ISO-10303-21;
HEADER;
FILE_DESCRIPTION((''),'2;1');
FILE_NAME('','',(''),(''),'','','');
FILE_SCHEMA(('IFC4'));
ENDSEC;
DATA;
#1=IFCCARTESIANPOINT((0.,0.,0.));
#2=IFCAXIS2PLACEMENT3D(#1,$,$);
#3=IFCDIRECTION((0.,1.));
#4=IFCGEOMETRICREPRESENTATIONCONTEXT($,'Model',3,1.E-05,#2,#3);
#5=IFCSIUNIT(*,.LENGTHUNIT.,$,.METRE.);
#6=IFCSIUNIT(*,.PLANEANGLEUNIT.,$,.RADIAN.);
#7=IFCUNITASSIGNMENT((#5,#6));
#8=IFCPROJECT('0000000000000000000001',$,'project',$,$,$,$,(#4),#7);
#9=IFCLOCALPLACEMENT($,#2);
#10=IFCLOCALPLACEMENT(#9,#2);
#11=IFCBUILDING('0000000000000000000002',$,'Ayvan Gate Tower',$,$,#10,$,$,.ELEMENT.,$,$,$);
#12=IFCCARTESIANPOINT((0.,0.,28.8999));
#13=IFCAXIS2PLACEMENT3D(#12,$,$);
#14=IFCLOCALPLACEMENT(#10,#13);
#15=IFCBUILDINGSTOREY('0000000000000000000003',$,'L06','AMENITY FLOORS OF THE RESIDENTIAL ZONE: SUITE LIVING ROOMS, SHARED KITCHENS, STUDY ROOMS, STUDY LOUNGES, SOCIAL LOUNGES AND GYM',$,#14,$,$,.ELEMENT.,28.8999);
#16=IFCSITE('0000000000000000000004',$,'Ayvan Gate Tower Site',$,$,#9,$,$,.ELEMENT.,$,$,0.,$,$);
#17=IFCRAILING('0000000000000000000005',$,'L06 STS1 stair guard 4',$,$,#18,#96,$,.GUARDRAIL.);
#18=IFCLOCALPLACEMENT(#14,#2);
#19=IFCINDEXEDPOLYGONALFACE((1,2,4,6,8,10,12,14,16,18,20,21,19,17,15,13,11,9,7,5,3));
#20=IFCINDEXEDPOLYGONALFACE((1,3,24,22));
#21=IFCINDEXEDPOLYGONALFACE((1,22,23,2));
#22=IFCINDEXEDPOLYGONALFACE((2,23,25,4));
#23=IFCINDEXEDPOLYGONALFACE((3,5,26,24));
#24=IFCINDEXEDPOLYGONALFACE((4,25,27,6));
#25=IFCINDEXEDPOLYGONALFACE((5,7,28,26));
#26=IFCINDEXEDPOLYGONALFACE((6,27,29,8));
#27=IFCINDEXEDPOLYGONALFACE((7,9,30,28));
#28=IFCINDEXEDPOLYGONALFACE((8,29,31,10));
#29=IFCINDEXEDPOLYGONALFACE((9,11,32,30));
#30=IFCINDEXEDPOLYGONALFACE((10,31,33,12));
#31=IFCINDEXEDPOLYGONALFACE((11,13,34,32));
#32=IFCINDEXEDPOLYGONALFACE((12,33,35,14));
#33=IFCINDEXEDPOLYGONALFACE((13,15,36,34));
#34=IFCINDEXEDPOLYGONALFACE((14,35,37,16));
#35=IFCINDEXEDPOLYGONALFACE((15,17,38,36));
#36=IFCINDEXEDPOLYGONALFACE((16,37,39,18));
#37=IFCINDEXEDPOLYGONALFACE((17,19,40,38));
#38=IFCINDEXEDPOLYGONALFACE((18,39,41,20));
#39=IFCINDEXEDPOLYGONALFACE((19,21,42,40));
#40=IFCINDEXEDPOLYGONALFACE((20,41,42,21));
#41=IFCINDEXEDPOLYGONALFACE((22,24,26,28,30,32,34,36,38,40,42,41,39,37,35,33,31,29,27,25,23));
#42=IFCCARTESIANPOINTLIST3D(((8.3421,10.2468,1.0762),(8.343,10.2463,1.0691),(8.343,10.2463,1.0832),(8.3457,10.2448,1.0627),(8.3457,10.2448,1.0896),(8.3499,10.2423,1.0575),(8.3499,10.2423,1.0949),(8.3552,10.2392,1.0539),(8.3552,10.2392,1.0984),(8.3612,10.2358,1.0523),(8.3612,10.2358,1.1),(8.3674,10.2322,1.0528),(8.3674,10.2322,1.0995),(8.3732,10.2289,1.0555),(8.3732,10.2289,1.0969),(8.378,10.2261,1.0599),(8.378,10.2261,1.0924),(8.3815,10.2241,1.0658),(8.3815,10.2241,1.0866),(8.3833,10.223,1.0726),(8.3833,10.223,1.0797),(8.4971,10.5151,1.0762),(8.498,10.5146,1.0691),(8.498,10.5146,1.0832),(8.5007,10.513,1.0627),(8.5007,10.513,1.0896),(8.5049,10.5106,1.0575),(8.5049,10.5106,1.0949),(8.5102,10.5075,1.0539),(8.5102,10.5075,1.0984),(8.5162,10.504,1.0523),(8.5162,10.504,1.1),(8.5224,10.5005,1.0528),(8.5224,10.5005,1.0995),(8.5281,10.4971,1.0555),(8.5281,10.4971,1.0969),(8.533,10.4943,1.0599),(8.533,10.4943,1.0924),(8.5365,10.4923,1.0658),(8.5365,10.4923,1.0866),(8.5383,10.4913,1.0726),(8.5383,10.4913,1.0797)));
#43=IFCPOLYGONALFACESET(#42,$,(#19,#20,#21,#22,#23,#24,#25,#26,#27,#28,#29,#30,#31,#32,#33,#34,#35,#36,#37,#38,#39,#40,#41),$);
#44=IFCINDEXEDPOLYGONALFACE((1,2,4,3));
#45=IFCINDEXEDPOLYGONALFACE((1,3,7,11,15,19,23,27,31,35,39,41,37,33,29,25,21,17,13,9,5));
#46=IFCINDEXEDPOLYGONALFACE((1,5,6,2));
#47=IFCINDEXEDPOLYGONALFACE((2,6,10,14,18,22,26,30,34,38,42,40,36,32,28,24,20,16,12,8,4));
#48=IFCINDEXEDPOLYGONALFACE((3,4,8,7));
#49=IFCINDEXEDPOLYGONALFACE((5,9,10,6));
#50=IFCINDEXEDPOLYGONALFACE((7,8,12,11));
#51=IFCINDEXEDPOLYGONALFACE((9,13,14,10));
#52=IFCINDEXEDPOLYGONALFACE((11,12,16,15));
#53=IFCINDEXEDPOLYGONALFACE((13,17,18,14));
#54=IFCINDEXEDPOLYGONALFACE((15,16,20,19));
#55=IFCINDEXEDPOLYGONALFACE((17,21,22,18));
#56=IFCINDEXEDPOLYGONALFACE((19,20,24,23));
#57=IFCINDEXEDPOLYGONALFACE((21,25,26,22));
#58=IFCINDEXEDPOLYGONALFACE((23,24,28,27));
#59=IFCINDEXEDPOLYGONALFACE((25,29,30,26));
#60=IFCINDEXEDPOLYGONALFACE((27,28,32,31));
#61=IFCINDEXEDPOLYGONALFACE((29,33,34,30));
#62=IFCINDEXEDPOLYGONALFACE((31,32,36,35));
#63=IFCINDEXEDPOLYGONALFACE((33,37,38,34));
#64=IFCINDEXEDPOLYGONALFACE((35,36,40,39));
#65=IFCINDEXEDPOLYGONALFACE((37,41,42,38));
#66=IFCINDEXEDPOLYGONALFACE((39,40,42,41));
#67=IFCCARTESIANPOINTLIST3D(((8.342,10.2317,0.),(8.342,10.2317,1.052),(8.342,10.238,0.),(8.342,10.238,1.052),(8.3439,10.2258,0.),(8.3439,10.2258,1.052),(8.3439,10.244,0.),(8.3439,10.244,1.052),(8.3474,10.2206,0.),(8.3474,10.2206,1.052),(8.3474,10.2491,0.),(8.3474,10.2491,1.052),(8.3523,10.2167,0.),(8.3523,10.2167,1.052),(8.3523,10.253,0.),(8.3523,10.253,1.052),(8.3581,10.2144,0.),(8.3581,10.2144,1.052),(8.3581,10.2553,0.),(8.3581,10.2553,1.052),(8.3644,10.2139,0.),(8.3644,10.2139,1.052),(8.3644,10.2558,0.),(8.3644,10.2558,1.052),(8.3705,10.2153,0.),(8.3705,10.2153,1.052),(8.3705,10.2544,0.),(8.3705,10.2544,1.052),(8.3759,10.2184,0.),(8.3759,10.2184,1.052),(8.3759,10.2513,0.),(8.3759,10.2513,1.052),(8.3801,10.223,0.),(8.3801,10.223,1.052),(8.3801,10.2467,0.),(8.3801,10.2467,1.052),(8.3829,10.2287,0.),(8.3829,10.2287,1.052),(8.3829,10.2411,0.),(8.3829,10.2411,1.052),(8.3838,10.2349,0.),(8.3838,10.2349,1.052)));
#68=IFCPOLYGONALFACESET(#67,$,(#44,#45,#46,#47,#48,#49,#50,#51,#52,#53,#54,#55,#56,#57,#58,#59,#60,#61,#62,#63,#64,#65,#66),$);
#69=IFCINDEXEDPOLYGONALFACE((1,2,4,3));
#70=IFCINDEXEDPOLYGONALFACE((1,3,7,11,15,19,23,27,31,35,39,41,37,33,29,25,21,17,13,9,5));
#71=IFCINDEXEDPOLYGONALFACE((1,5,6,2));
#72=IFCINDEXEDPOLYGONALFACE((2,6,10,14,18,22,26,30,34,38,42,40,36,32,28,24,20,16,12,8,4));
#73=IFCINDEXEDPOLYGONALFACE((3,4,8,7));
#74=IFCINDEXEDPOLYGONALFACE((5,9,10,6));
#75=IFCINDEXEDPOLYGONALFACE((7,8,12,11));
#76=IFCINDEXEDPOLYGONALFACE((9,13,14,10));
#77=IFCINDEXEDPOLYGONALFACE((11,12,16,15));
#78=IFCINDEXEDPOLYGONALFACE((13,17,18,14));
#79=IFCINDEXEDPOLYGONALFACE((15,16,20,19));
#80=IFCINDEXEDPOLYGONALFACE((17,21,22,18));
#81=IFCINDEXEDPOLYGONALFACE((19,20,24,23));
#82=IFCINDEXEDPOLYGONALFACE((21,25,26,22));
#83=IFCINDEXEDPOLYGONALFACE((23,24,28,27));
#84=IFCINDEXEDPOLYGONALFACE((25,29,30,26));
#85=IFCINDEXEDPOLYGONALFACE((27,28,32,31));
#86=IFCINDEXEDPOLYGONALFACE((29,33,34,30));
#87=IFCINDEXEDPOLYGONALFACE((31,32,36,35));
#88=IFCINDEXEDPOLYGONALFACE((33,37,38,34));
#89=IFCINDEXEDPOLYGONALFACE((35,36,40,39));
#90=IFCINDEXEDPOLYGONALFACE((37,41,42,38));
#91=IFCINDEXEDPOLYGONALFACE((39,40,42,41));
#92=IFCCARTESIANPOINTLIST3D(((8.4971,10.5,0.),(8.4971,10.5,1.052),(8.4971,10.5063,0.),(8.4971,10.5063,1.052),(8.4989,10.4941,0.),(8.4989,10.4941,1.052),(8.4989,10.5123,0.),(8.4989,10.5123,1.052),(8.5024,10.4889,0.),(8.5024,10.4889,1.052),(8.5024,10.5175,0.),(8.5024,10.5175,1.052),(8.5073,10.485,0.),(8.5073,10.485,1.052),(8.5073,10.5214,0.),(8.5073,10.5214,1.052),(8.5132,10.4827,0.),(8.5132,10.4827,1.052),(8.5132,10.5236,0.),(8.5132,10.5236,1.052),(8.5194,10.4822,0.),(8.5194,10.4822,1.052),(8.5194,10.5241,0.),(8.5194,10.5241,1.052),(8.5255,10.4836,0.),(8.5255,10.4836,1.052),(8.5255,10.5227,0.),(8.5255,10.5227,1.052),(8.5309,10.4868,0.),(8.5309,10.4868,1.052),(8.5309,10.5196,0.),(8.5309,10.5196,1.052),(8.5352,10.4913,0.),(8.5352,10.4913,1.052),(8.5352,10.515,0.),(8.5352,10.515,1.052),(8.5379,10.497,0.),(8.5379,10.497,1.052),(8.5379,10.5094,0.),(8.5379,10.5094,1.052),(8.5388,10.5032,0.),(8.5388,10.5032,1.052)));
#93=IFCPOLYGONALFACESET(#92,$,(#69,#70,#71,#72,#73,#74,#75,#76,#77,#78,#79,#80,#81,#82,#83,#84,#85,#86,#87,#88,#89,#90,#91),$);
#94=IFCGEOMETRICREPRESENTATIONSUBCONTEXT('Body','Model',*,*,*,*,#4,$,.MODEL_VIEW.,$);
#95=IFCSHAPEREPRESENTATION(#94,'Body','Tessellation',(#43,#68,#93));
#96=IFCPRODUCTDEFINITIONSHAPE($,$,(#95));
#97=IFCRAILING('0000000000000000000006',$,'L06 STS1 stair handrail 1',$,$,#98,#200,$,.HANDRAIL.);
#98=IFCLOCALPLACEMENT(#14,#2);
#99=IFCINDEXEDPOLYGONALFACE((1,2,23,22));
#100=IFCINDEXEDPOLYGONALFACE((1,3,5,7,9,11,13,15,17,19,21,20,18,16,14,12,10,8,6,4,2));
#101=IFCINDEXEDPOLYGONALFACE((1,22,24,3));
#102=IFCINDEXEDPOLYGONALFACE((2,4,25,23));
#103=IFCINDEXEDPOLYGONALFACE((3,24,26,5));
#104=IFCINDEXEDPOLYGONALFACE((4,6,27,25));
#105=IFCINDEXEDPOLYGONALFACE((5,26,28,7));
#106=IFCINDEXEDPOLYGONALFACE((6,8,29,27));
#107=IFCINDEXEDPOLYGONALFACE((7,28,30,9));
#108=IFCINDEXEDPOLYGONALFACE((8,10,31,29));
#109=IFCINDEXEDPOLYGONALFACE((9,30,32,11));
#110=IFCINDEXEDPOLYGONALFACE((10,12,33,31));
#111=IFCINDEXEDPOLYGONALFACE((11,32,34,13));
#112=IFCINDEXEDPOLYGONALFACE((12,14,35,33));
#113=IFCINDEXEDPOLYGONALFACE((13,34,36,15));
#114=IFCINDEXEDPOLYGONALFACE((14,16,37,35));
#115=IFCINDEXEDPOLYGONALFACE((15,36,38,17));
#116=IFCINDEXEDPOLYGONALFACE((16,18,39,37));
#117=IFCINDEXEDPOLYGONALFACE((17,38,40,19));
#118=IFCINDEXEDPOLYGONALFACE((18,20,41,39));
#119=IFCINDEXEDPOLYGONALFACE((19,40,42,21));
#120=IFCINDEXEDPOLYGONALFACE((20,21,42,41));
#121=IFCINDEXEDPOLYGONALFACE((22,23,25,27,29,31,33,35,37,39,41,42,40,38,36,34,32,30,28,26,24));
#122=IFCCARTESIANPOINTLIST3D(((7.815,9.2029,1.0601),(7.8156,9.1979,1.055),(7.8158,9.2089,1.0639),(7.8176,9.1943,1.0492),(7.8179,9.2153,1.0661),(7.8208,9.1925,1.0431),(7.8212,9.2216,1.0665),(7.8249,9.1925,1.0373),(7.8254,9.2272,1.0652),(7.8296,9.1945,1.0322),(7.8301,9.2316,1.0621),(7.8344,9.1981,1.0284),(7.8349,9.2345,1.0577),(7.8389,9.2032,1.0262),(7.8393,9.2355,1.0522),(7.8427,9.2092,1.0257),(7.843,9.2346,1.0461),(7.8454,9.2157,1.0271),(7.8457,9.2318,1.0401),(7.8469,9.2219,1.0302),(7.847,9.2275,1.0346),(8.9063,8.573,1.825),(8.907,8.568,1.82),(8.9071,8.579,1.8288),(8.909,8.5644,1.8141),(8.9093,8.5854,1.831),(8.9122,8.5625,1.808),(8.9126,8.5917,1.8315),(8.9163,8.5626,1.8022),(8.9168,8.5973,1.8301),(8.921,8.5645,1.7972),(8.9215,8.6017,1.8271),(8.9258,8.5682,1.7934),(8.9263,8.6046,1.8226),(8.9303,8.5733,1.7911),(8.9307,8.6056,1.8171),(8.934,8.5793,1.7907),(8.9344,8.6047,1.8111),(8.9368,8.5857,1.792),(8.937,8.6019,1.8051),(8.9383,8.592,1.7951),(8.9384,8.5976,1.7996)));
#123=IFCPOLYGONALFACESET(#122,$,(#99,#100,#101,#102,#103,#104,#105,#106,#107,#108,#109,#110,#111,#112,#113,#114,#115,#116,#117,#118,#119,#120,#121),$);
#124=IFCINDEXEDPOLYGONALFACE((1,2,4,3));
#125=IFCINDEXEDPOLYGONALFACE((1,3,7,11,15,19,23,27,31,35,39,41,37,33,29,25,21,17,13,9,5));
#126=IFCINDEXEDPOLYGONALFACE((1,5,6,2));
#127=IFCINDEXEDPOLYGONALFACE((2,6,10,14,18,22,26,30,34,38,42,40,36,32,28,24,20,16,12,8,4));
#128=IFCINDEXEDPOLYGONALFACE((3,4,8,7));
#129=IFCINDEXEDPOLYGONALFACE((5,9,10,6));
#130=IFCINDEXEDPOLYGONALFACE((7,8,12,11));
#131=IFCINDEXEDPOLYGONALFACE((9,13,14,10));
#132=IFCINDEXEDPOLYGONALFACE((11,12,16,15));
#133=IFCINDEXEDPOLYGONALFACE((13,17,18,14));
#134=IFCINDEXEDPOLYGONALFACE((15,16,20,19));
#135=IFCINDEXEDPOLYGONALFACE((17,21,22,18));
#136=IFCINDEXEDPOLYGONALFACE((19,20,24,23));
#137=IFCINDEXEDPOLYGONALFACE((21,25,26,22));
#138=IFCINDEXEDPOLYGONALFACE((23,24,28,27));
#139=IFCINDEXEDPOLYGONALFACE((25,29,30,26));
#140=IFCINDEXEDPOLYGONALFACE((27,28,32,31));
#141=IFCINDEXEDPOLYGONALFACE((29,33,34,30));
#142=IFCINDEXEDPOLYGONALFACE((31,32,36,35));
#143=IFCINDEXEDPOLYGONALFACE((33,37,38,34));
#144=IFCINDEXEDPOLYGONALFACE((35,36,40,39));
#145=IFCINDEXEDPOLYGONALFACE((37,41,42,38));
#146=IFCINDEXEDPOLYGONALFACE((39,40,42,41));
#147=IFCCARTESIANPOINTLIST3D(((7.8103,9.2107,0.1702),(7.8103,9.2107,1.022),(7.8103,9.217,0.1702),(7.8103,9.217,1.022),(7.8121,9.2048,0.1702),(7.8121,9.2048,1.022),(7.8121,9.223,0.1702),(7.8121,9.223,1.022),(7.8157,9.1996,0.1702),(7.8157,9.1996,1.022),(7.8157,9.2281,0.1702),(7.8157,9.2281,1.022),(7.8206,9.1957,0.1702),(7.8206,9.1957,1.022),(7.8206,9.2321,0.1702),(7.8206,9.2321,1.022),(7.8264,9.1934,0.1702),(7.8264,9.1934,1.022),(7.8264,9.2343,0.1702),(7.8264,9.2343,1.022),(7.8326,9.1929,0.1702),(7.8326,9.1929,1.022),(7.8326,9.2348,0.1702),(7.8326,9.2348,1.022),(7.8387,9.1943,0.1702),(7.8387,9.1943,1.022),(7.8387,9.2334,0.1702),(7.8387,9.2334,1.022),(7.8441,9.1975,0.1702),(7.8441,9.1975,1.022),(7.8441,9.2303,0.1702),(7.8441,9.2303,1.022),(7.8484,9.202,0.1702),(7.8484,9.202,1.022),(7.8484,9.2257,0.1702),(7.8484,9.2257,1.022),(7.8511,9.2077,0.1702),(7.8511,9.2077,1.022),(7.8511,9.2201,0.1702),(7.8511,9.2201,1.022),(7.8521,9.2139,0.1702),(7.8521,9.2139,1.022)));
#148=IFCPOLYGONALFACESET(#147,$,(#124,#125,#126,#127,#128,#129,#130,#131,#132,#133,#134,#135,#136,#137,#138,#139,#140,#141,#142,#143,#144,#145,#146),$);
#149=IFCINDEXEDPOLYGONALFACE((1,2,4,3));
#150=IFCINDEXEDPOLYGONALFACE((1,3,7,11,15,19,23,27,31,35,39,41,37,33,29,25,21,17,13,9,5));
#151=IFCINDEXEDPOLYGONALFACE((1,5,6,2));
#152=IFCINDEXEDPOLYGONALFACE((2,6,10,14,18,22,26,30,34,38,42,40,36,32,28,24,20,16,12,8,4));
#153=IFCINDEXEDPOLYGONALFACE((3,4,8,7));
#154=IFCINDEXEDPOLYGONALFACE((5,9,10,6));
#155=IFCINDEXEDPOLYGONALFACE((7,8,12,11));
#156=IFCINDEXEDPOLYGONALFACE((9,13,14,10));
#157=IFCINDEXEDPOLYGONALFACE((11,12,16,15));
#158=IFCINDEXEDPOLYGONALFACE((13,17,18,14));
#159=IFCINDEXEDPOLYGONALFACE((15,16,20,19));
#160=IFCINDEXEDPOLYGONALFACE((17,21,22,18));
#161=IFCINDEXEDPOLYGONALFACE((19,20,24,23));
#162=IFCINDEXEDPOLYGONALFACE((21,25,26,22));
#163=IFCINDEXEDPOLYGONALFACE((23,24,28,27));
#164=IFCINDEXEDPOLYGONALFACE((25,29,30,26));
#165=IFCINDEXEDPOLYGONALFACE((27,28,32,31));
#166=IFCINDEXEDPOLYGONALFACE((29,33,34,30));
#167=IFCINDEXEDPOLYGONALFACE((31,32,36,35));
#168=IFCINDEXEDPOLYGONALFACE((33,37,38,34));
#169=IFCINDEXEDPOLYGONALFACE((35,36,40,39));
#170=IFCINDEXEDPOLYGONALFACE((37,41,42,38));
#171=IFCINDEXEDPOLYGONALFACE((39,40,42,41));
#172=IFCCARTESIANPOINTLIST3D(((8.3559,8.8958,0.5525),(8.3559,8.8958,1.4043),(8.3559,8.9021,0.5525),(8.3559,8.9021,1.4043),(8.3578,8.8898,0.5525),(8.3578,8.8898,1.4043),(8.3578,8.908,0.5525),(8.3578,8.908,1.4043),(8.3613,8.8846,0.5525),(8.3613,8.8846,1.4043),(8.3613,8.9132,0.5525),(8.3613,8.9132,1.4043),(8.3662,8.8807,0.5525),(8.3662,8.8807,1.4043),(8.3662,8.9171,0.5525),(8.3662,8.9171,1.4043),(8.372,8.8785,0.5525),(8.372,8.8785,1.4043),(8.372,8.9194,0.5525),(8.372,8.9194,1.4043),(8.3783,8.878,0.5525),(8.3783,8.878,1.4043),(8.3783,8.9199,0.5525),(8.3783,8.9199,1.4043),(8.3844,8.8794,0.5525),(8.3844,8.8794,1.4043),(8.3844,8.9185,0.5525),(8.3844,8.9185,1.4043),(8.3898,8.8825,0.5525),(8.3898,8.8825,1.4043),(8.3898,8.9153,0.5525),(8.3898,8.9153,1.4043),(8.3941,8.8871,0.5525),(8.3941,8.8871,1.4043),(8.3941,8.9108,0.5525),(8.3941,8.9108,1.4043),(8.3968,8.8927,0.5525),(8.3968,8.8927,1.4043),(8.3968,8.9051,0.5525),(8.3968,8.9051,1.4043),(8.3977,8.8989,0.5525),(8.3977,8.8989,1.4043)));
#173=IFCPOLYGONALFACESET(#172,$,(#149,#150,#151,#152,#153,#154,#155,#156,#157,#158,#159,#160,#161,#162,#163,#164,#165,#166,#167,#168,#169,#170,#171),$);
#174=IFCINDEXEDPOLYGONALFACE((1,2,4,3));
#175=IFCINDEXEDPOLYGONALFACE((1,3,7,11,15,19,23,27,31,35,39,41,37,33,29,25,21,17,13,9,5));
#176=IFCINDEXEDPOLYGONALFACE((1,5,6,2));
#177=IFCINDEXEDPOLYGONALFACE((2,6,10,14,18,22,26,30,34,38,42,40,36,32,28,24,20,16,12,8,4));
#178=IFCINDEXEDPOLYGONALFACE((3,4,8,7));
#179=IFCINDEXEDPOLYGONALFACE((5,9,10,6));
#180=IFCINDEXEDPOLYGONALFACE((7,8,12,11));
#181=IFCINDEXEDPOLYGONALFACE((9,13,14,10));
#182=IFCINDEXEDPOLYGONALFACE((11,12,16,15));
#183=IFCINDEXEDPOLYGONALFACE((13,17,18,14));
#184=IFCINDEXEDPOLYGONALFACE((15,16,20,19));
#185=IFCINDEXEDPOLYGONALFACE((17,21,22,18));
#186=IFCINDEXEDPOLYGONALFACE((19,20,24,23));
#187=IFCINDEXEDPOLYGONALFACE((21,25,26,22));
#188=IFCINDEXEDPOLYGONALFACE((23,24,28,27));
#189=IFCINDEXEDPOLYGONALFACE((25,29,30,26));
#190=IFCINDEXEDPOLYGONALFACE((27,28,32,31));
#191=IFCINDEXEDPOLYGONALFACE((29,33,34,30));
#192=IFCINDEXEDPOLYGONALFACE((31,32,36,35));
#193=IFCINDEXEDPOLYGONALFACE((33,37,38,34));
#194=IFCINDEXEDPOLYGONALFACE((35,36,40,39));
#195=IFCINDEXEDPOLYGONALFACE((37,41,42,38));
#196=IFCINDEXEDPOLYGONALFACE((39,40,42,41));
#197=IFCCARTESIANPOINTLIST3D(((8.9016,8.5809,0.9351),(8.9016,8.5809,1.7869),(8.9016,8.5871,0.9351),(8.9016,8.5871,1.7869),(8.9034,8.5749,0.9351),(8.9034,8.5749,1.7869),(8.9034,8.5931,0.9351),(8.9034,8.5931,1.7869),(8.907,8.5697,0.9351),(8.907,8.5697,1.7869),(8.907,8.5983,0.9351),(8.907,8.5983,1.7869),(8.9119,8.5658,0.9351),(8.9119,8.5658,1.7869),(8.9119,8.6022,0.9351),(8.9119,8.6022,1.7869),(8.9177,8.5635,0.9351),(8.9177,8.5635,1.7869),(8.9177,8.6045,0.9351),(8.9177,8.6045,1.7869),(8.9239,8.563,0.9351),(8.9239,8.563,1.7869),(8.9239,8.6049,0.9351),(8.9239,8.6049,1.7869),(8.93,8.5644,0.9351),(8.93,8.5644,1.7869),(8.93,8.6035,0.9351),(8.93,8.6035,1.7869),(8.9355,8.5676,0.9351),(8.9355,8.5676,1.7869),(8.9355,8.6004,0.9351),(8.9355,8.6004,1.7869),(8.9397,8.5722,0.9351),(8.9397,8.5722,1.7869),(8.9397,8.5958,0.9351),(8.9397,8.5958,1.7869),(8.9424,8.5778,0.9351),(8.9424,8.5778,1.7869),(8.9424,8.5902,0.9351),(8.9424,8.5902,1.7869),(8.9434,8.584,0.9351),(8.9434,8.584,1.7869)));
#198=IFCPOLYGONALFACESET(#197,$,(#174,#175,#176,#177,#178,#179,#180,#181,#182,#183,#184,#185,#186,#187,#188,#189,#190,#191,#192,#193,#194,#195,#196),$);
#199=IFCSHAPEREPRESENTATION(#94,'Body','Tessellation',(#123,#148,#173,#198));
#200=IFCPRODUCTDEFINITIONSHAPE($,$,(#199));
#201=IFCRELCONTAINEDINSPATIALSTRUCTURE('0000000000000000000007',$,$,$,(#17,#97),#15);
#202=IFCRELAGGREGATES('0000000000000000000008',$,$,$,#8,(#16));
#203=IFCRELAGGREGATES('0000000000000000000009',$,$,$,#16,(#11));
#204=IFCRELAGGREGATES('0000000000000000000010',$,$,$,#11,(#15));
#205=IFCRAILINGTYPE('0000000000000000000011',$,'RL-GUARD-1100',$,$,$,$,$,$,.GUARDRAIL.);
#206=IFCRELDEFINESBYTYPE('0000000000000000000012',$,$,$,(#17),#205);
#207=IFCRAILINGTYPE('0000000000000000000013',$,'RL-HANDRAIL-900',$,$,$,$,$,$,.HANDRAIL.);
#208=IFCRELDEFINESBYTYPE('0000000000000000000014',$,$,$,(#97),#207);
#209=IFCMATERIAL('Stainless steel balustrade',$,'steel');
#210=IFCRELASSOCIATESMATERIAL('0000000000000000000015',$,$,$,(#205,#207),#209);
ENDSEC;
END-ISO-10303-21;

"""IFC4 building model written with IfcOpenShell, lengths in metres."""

from ifc_helpers import new_model, si_unit, direction, frame, origin, origin_2d, place, context, subcontext, project, spatial, circle, extrude, material, type_object, element, save


model = new_model("IFC4")

# Units and contexts
model_context = context("Model", 3, precision=1e-05, world=origin(), true_north=direction((0.0, 1.0)))
body_context = subcontext(model_context, "Body", "Model", "MODEL_VIEW")
ifc_project = project(units=[si_unit("LENGTHUNIT", "METRE"), si_unit("PLANEANGLEUNIT", "RADIAN")], contexts=[model_context])

# Site, building, storey
site_placement = place(None, origin())
site = spatial("IfcSite", under=ifc_project, at=site_placement, Name="Ayvan Gate Tower Site", CompositionType="ELEMENT", RefElevation=0.0)
building_placement = place(site_placement, origin())
building = spatial("IfcBuilding", under=site, at=building_placement, Name="Ayvan Gate Tower", CompositionType="ELEMENT")
storey_placement = place(building_placement, frame((0.0, 0.0, 28.8999)))
storey = spatial("IfcBuildingStorey", under=building, at=storey_placement, Name="L06", Description="AMENITY FLOORS OF THE RESIDENTIAL ZONE: SUITE LIVING ROOMS, SHARED KITCHENS, STUDY ROOMS, STUDY LOUNGES, SOCIAL LOUNGES AND GYM", CompositionType="ELEMENT", Elevation=28.8999)

# Railings
ifc_material_1 = material(Name="Stainless steel balustrade", Category="steel")
railing_type_1 = type_object("IfcRailingType", Name="RL-GUARD-1100", PredefinedType="GUARDRAIL", material=ifc_material_1)
railing_1_placement = place(storey_placement, frame((8.3628, 10.2349, 0.0)))
element("IfcRailing", 1, at=railing_1_placement, inside=storey, type_object=railing_type_1, Name="L06 STS1 stair guard 4", PredefinedType="GUARDRAIL", context=body_context, shape_type="SweptSolid", body=[
    extrude(circle(Radius=0.0239, at=origin_2d()), frame((0.0, 0.0, 1.0762), z_axis=(0.500291, 0.865857, 0.0), x_axis=(-0.865857, 0.500291, 0.0)), (0.0, 0.0, 1.0), 0.3098),
    extrude(circle(Radius=0.021, at=origin_2d()), origin(), (0.0, 0.0, 1.0), 1.052),
    extrude(circle(Radius=0.021, at=origin_2d()), frame((0.155, 0.2683, 0.0)), (0.0, 0.0, 1.0), 1.052),
])
railing_type_2 = type_object("IfcRailingType", Name="RL-HANDRAIL-900", PredefinedType="HANDRAIL", material=ifc_material_1)
railing_2_placement = place(storey_placement, frame((7.8311, 9.2139, 0.1702)))
element("IfcRailing", 2, at=railing_2_placement, inside=storey, type_object=railing_type_2, Name="L06 STS1 stair handrail 1", PredefinedType="HANDRAIL", context=body_context, shape_type="SweptSolid", body=[
    extrude(circle(Radius=0.0239, at=origin_2d()), frame((0.0, 0.0, 0.876), z_axis=(0.740357, -0.42732, 0.518912), x_axis=(0.49989, 0.866089, 0.0)), (0.0, 0.0, 1.0), 1.4741),
    extrude(circle(Radius=0.021, at=origin_2d()), origin(), (0.0, 0.0, 1.0), 0.8518),
    extrude(circle(Radius=0.021, at=origin_2d()), frame((0.5457, -0.3149, 0.3823)), (0.0, 0.0, 1.0), 0.8518),
    extrude(circle(Radius=0.021, at=origin_2d()), frame((1.0913, -0.6299, 0.7649)), (0.0, 0.0, 1.0), 0.8518),
])

save(model, "model.ifc")
